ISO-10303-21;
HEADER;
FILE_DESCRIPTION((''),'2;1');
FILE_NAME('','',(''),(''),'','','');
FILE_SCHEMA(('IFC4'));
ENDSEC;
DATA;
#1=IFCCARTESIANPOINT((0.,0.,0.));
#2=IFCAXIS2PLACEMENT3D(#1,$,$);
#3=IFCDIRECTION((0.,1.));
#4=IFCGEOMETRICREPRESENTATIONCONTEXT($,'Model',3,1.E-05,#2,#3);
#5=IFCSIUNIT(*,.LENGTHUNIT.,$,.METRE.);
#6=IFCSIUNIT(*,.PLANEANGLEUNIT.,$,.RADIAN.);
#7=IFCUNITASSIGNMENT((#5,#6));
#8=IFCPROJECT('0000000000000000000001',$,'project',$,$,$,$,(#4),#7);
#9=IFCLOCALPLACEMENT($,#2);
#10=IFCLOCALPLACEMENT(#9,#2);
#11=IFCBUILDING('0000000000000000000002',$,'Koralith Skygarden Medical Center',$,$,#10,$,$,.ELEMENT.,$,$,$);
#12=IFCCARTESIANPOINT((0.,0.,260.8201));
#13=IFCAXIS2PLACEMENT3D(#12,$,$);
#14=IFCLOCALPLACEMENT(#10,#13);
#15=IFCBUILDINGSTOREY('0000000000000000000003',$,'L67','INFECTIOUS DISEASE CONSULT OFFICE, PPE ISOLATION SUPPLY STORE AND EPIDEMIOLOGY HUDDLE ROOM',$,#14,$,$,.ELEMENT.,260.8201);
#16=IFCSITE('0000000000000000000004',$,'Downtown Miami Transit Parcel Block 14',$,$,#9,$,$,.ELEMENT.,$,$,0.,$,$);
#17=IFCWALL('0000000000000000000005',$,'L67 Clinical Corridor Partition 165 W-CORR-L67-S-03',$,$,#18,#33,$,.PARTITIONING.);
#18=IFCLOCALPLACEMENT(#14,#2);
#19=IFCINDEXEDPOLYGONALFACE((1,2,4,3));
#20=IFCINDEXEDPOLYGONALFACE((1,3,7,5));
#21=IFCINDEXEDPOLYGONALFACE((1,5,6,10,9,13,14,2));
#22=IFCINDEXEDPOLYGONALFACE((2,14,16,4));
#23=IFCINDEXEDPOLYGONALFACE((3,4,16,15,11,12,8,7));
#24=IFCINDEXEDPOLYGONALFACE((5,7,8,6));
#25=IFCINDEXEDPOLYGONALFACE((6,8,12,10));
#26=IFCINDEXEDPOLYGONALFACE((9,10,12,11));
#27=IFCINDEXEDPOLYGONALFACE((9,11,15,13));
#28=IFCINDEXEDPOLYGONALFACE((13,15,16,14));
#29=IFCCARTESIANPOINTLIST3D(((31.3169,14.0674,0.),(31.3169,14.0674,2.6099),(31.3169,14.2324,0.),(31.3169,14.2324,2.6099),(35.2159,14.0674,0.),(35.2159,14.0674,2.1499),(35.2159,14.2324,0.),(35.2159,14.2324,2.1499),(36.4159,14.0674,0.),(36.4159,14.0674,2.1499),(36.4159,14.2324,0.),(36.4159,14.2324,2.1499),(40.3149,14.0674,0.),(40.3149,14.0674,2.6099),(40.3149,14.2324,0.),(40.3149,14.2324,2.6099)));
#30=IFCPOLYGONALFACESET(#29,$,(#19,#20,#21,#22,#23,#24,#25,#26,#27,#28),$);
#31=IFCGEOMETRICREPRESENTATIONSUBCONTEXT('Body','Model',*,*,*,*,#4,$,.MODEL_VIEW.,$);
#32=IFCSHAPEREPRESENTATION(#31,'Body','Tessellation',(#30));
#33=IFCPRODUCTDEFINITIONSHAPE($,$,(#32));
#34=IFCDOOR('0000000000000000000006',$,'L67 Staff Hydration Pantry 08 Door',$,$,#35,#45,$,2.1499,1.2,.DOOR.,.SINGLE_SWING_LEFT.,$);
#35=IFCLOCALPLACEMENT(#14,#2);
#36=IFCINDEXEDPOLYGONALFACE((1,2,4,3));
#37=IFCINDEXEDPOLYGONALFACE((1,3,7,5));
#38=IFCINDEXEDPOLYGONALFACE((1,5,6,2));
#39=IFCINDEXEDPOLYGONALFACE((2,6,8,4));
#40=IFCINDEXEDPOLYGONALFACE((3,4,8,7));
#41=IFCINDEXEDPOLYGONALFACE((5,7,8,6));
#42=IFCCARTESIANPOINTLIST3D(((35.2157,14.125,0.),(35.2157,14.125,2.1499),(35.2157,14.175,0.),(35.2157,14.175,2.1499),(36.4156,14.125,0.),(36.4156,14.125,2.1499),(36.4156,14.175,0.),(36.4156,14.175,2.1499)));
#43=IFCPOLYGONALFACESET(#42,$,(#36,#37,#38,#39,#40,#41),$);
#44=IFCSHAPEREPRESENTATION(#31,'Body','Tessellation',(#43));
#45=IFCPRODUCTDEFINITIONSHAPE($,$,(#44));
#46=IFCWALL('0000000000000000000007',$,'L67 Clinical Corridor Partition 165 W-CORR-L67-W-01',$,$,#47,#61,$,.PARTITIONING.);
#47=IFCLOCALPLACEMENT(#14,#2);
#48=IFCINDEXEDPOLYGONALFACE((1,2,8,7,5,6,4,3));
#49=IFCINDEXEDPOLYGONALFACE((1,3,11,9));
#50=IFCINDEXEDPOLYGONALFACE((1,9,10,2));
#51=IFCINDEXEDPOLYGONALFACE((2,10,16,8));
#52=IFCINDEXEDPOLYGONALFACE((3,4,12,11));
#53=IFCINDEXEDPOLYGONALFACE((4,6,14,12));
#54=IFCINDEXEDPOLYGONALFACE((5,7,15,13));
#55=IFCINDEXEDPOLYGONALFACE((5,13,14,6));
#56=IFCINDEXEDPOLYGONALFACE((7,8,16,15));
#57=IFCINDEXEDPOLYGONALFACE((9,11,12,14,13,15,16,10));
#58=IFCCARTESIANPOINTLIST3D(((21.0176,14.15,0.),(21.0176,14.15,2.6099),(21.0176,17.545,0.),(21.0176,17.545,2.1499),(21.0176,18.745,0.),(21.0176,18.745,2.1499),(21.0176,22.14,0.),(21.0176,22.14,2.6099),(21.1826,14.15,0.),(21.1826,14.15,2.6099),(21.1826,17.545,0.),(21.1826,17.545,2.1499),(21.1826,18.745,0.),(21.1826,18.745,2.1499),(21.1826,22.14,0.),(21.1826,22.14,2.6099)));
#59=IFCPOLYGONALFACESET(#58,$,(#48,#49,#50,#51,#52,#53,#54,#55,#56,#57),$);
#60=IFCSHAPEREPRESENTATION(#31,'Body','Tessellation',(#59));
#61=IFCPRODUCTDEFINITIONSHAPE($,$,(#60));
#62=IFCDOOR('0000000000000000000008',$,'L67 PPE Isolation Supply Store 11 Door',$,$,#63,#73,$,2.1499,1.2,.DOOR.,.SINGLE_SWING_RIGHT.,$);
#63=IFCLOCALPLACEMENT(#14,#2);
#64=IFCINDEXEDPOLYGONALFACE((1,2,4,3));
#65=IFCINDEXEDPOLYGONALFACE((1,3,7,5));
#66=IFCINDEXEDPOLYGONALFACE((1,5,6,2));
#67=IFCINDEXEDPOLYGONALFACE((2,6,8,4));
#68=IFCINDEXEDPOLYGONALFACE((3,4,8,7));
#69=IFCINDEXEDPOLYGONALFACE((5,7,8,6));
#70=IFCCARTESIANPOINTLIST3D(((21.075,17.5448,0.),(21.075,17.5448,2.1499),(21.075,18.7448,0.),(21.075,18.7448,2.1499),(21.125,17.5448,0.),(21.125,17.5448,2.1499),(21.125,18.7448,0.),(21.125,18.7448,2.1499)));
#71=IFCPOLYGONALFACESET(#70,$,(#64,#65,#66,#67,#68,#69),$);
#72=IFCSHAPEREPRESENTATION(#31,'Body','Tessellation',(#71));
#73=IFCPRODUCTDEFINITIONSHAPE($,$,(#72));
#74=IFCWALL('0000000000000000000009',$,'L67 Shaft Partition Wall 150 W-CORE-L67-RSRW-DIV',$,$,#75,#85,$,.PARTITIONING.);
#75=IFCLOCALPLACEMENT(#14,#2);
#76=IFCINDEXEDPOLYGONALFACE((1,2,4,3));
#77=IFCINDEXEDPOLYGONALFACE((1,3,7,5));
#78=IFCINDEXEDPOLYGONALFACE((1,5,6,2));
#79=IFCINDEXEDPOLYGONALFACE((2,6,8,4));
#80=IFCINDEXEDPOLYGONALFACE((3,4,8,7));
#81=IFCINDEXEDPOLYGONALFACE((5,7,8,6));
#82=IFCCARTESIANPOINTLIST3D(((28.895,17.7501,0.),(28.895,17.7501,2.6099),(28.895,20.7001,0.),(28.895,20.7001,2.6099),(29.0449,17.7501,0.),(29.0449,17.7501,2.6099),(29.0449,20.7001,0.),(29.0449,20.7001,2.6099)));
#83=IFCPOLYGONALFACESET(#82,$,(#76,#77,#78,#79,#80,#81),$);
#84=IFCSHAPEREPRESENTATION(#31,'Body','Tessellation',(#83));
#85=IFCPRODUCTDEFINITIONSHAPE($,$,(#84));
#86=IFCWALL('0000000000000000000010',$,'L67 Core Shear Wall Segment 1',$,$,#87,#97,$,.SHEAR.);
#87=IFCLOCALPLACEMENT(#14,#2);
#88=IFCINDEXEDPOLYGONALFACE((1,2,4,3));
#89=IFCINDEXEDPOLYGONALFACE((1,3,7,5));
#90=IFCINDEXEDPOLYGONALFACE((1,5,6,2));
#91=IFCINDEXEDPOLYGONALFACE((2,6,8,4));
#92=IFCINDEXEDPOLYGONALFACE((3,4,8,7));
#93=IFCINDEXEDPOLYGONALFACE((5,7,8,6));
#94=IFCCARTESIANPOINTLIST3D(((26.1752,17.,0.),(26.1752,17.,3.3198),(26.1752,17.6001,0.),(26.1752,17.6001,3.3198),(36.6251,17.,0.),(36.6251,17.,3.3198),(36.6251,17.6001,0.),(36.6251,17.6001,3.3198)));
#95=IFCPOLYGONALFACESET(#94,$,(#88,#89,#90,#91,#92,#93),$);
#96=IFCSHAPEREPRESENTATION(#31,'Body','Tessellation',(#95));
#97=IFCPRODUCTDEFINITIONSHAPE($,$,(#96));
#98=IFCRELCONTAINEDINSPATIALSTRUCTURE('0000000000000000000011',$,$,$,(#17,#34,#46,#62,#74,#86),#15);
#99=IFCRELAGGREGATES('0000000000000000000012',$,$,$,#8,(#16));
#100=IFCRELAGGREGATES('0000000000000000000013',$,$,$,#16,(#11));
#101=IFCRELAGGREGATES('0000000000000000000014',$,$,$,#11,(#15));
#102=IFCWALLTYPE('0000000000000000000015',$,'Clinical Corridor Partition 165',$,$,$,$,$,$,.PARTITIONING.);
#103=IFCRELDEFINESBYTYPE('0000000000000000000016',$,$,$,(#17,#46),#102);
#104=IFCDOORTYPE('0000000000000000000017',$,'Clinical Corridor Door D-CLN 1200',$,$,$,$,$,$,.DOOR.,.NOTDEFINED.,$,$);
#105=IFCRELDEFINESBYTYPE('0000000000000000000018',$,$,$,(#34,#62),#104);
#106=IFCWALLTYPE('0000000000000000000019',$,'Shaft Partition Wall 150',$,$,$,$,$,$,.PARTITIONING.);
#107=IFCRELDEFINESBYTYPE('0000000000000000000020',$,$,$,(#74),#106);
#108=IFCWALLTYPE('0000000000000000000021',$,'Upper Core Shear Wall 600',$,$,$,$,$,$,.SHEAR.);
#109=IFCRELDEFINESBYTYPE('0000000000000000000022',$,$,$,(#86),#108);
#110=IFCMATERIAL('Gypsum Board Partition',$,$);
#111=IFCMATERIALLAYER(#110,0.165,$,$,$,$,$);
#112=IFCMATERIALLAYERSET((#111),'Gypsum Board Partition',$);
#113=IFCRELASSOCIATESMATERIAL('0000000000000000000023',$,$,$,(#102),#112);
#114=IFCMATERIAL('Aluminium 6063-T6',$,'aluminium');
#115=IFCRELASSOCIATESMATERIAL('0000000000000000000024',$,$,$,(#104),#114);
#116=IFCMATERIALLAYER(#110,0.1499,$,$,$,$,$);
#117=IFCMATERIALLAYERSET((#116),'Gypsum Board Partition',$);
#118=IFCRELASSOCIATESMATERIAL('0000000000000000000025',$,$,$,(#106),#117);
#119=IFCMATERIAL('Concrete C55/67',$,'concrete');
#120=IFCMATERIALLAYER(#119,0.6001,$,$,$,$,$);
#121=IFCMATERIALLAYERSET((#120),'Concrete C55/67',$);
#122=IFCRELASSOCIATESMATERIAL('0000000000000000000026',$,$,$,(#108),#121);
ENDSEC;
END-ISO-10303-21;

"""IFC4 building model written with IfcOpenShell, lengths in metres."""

from ifc_helpers import new_model, si_unit, direction, frame, frame_2d, origin, place, context, subcontext, project, spatial, rectangle, extrude, material, layer, layer_set, type_object, element, fill, save


model = new_model("IFC4")

# Units and contexts
model_context = context("Model", 3, precision=1e-05, world=origin(), true_north=direction((0.0, 1.0)))
body_context = subcontext(model_context, "Body", "Model", "MODEL_VIEW")
ifc_project = project(units=[si_unit("LENGTHUNIT", "METRE"), si_unit("PLANEANGLEUNIT", "RADIAN")], contexts=[model_context])

# Site, building, storey
site_placement = place(None, origin())
site = spatial("IfcSite", under=ifc_project, at=site_placement, Name="Downtown Miami Transit Parcel Block 14", CompositionType="ELEMENT", RefElevation=0.0)
building_placement = place(site_placement, origin())
building = spatial("IfcBuilding", under=site, at=building_placement, Name="Koralith Skygarden Medical Center", CompositionType="ELEMENT")
storey_placement = place(building_placement, frame((0.0, 0.0, 260.8201)))
storey = spatial("IfcBuildingStorey", under=building, at=storey_placement, Name="L67", Description="INFECTIOUS DISEASE CONSULT OFFICE, PPE ISOLATION SUPPLY STORE AND EPIDEMIOLOGY HUDDLE ROOM", CompositionType="ELEMENT", Elevation=260.8201)

# Shared definitions
ifc_material_1 = material(Name="Concrete C55/67", Category="concrete")

# Shared definitions
ifc_material_2 = material(Name="Aluminium 6063-T6", Category="aluminium")

# Shared definitions
ifc_material_3 = material(Name="Gypsum Board Partition")

# Walls, openings, doors
ifc_layer_1 = layer(ifc_material_3, 0.165)
ifc_layer_set_1 = layer_set([ifc_layer_1], Name="Gypsum Board Partition")
wall_type_1 = type_object("IfcWallType", Name="Clinical Corridor Partition 165", PredefinedType="PARTITIONING", material=ifc_layer_set_1)
door_type = type_object("IfcDoorType", Name="Clinical Corridor Door D-CLN 1200", OperationType="NOTDEFINED", PredefinedType="DOOR", material=ifc_material_2)
wall_1_placement = place(storey_placement, frame((31.3169, 14.1499, 0.0), z_axis=(0.0, 0.0, 1.0), x_axis=(1.0, 0.0, 0.0)))
wall_1 = element("IfcWall", 1, at=wall_1_placement, inside=storey, type_object=wall_type_1, Name="L67 Clinical Corridor Partition 165 W-CORR-L67-S-03", PredefinedType="PARTITIONING", context=body_context, shape_type="SweptSolid", body=[
    extrude(rectangle(XDim=8.998, YDim=0.165, at=frame_2d((4.499, 0.0))), origin(), (0.0, 0.0, 1.0), 2.6099),
])
opening_1_placement = place(wall_1_placement, frame((3.8989, 0.0, 0.0)))
opening_1 = element("IfcOpeningElement", 2, at=opening_1_placement, cuts=wall_1, PredefinedType="OPENING", context=body_context, shape_type="SweptSolid", body=[
    extrude(rectangle(XDim=1.2, YDim=2.1499, at=frame_2d((0.6001, 1.075))), frame((0.0, 0.0925, 0.0), z_axis=(0.0, -1.0, 0.0), x_axis=(1.0, 0.0, 0.0)), (0.0, 0.0, 1.0), 0.1851),
])
door_1_placement = place(opening_1_placement, frame((1.2, 0.0, 0.0), z_axis=(0.0, 0.0, 1.0), x_axis=(-1.0, 0.0, 0.0)))
door_1 = element("IfcDoor", 3, at=door_1_placement, inside=storey, type_object=door_type, Name="L67 Staff Hydration Pantry 08 Door", OperationType="SINGLE_SWING_LEFT", OverallHeight=2.1499, OverallWidth=1.2, PredefinedType="DOOR", context=body_context, shape_type="SweptSolid", body=[
    extrude(rectangle(XDim=1.2, YDim=2.1499, at=frame_2d((0.6001, 1.075))), frame((0.0, 0.0249, 0.0), z_axis=(0.0, -1.0, 0.0), x_axis=(1.0, 0.0, 0.0)), (0.0, 0.0, 1.0), 0.05),
])
fill(opening_1, door_1)
wall_2_placement = place(storey_placement, frame((21.1001, 14.1499, 0.0), z_axis=(0.0, 0.0, 1.0), x_axis=(0.0, 1.0, 0.0)))
wall_2 = element("IfcWall", 4, at=wall_2_placement, inside=storey, type_object=wall_type_1, Name="L67 Clinical Corridor Partition 165 W-CORR-L67-W-01", PredefinedType="PARTITIONING", context=body_context, shape_type="SweptSolid", body=[
    extrude(rectangle(XDim=7.99, YDim=0.165, at=frame_2d((3.9951, 0.0))), origin(), (0.0, 0.0, 1.0), 2.6099),
])
opening_2_placement = place(wall_2_placement, frame((3.395, 0.0, 0.0)))
opening_2 = element("IfcOpeningElement", 5, at=opening_2_placement, cuts=wall_2, PredefinedType="OPENING", context=body_context, shape_type="SweptSolid", body=[
    extrude(rectangle(XDim=1.2, YDim=2.1499, at=frame_2d((0.6001, 1.075))), frame((0.0, 0.0925, 0.0), z_axis=(0.0, -1.0, 0.0), x_axis=(1.0, 0.0, 0.0)), (0.0, 0.0, 1.0), 0.1851),
])
door_2_placement = place(opening_2_placement, frame((1.2, 0.0, 0.0), z_axis=(0.0, 0.0, 1.0), x_axis=(-1.0, 0.0, 0.0)))
door_2 = element("IfcDoor", 6, at=door_2_placement, inside=storey, type_object=door_type, Name="L67 PPE Isolation Supply Store 11 Door", OperationType="SINGLE_SWING_RIGHT", OverallHeight=2.1499, OverallWidth=1.2, PredefinedType="DOOR", context=body_context, shape_type="SweptSolid", body=[
    extrude(rectangle(XDim=1.2, YDim=2.1499, at=frame_2d((0.6001, 1.075))), frame((0.0, 0.0249, 0.0), z_axis=(0.0, -1.0, 0.0), x_axis=(1.0, 0.0, 0.0)), (0.0, 0.0, 1.0), 0.05),
])
fill(opening_2, door_2)

# Walls
ifc_layer_2 = layer(ifc_material_3, 0.1499)
ifc_layer_set_2 = layer_set([ifc_layer_2], Name="Gypsum Board Partition")
wall_type_2 = type_object("IfcWallType", Name="Shaft Partition Wall 150", PredefinedType="PARTITIONING", material=ifc_layer_set_2)
wall_3_placement = place(storey_placement, frame((28.97, 17.75, 0.0), z_axis=(0.0, 0.0, 1.0), x_axis=(0.0, 1.0, 0.0)))
element("IfcWall", 7, at=wall_3_placement, inside=storey, type_object=wall_type_2, Name="L67 Shaft Partition Wall 150 W-CORE-L67-RSRW-DIV", PredefinedType="PARTITIONING", context=body_context, shape_type="SweptSolid", body=[
    extrude(rectangle(XDim=2.95, YDim=0.1499, at=frame_2d((1.4751, 0.0))), origin(), (0.0, 0.0, 1.0), 2.6099),
])
ifc_layer_3 = layer(ifc_material_1, 0.6001)
ifc_layer_set_3 = layer_set([ifc_layer_3], Name="Concrete C55/67")
wall_type_3 = type_object("IfcWallType", Name="Upper Core Shear Wall 600", PredefinedType="SHEAR", material=ifc_layer_set_3)
wall_4_placement = place(storey_placement, frame((26.175, 17.3, 0.0), z_axis=(0.0, 0.0, 1.0), x_axis=(1.0, 0.0, 0.0)))
element("IfcWall", 8, at=wall_4_placement, inside=storey, type_object=wall_type_3, Name="L67 Core Shear Wall Segment 1", PredefinedType="SHEAR", context=body_context, shape_type="SweptSolid", body=[
    extrude(rectangle(XDim=10.45, YDim=0.6001, at=frame_2d((5.2251, 0.0))), origin(), (0.0, 0.0, 1.0), 3.3198),
])

save(model, "model.ifc")
